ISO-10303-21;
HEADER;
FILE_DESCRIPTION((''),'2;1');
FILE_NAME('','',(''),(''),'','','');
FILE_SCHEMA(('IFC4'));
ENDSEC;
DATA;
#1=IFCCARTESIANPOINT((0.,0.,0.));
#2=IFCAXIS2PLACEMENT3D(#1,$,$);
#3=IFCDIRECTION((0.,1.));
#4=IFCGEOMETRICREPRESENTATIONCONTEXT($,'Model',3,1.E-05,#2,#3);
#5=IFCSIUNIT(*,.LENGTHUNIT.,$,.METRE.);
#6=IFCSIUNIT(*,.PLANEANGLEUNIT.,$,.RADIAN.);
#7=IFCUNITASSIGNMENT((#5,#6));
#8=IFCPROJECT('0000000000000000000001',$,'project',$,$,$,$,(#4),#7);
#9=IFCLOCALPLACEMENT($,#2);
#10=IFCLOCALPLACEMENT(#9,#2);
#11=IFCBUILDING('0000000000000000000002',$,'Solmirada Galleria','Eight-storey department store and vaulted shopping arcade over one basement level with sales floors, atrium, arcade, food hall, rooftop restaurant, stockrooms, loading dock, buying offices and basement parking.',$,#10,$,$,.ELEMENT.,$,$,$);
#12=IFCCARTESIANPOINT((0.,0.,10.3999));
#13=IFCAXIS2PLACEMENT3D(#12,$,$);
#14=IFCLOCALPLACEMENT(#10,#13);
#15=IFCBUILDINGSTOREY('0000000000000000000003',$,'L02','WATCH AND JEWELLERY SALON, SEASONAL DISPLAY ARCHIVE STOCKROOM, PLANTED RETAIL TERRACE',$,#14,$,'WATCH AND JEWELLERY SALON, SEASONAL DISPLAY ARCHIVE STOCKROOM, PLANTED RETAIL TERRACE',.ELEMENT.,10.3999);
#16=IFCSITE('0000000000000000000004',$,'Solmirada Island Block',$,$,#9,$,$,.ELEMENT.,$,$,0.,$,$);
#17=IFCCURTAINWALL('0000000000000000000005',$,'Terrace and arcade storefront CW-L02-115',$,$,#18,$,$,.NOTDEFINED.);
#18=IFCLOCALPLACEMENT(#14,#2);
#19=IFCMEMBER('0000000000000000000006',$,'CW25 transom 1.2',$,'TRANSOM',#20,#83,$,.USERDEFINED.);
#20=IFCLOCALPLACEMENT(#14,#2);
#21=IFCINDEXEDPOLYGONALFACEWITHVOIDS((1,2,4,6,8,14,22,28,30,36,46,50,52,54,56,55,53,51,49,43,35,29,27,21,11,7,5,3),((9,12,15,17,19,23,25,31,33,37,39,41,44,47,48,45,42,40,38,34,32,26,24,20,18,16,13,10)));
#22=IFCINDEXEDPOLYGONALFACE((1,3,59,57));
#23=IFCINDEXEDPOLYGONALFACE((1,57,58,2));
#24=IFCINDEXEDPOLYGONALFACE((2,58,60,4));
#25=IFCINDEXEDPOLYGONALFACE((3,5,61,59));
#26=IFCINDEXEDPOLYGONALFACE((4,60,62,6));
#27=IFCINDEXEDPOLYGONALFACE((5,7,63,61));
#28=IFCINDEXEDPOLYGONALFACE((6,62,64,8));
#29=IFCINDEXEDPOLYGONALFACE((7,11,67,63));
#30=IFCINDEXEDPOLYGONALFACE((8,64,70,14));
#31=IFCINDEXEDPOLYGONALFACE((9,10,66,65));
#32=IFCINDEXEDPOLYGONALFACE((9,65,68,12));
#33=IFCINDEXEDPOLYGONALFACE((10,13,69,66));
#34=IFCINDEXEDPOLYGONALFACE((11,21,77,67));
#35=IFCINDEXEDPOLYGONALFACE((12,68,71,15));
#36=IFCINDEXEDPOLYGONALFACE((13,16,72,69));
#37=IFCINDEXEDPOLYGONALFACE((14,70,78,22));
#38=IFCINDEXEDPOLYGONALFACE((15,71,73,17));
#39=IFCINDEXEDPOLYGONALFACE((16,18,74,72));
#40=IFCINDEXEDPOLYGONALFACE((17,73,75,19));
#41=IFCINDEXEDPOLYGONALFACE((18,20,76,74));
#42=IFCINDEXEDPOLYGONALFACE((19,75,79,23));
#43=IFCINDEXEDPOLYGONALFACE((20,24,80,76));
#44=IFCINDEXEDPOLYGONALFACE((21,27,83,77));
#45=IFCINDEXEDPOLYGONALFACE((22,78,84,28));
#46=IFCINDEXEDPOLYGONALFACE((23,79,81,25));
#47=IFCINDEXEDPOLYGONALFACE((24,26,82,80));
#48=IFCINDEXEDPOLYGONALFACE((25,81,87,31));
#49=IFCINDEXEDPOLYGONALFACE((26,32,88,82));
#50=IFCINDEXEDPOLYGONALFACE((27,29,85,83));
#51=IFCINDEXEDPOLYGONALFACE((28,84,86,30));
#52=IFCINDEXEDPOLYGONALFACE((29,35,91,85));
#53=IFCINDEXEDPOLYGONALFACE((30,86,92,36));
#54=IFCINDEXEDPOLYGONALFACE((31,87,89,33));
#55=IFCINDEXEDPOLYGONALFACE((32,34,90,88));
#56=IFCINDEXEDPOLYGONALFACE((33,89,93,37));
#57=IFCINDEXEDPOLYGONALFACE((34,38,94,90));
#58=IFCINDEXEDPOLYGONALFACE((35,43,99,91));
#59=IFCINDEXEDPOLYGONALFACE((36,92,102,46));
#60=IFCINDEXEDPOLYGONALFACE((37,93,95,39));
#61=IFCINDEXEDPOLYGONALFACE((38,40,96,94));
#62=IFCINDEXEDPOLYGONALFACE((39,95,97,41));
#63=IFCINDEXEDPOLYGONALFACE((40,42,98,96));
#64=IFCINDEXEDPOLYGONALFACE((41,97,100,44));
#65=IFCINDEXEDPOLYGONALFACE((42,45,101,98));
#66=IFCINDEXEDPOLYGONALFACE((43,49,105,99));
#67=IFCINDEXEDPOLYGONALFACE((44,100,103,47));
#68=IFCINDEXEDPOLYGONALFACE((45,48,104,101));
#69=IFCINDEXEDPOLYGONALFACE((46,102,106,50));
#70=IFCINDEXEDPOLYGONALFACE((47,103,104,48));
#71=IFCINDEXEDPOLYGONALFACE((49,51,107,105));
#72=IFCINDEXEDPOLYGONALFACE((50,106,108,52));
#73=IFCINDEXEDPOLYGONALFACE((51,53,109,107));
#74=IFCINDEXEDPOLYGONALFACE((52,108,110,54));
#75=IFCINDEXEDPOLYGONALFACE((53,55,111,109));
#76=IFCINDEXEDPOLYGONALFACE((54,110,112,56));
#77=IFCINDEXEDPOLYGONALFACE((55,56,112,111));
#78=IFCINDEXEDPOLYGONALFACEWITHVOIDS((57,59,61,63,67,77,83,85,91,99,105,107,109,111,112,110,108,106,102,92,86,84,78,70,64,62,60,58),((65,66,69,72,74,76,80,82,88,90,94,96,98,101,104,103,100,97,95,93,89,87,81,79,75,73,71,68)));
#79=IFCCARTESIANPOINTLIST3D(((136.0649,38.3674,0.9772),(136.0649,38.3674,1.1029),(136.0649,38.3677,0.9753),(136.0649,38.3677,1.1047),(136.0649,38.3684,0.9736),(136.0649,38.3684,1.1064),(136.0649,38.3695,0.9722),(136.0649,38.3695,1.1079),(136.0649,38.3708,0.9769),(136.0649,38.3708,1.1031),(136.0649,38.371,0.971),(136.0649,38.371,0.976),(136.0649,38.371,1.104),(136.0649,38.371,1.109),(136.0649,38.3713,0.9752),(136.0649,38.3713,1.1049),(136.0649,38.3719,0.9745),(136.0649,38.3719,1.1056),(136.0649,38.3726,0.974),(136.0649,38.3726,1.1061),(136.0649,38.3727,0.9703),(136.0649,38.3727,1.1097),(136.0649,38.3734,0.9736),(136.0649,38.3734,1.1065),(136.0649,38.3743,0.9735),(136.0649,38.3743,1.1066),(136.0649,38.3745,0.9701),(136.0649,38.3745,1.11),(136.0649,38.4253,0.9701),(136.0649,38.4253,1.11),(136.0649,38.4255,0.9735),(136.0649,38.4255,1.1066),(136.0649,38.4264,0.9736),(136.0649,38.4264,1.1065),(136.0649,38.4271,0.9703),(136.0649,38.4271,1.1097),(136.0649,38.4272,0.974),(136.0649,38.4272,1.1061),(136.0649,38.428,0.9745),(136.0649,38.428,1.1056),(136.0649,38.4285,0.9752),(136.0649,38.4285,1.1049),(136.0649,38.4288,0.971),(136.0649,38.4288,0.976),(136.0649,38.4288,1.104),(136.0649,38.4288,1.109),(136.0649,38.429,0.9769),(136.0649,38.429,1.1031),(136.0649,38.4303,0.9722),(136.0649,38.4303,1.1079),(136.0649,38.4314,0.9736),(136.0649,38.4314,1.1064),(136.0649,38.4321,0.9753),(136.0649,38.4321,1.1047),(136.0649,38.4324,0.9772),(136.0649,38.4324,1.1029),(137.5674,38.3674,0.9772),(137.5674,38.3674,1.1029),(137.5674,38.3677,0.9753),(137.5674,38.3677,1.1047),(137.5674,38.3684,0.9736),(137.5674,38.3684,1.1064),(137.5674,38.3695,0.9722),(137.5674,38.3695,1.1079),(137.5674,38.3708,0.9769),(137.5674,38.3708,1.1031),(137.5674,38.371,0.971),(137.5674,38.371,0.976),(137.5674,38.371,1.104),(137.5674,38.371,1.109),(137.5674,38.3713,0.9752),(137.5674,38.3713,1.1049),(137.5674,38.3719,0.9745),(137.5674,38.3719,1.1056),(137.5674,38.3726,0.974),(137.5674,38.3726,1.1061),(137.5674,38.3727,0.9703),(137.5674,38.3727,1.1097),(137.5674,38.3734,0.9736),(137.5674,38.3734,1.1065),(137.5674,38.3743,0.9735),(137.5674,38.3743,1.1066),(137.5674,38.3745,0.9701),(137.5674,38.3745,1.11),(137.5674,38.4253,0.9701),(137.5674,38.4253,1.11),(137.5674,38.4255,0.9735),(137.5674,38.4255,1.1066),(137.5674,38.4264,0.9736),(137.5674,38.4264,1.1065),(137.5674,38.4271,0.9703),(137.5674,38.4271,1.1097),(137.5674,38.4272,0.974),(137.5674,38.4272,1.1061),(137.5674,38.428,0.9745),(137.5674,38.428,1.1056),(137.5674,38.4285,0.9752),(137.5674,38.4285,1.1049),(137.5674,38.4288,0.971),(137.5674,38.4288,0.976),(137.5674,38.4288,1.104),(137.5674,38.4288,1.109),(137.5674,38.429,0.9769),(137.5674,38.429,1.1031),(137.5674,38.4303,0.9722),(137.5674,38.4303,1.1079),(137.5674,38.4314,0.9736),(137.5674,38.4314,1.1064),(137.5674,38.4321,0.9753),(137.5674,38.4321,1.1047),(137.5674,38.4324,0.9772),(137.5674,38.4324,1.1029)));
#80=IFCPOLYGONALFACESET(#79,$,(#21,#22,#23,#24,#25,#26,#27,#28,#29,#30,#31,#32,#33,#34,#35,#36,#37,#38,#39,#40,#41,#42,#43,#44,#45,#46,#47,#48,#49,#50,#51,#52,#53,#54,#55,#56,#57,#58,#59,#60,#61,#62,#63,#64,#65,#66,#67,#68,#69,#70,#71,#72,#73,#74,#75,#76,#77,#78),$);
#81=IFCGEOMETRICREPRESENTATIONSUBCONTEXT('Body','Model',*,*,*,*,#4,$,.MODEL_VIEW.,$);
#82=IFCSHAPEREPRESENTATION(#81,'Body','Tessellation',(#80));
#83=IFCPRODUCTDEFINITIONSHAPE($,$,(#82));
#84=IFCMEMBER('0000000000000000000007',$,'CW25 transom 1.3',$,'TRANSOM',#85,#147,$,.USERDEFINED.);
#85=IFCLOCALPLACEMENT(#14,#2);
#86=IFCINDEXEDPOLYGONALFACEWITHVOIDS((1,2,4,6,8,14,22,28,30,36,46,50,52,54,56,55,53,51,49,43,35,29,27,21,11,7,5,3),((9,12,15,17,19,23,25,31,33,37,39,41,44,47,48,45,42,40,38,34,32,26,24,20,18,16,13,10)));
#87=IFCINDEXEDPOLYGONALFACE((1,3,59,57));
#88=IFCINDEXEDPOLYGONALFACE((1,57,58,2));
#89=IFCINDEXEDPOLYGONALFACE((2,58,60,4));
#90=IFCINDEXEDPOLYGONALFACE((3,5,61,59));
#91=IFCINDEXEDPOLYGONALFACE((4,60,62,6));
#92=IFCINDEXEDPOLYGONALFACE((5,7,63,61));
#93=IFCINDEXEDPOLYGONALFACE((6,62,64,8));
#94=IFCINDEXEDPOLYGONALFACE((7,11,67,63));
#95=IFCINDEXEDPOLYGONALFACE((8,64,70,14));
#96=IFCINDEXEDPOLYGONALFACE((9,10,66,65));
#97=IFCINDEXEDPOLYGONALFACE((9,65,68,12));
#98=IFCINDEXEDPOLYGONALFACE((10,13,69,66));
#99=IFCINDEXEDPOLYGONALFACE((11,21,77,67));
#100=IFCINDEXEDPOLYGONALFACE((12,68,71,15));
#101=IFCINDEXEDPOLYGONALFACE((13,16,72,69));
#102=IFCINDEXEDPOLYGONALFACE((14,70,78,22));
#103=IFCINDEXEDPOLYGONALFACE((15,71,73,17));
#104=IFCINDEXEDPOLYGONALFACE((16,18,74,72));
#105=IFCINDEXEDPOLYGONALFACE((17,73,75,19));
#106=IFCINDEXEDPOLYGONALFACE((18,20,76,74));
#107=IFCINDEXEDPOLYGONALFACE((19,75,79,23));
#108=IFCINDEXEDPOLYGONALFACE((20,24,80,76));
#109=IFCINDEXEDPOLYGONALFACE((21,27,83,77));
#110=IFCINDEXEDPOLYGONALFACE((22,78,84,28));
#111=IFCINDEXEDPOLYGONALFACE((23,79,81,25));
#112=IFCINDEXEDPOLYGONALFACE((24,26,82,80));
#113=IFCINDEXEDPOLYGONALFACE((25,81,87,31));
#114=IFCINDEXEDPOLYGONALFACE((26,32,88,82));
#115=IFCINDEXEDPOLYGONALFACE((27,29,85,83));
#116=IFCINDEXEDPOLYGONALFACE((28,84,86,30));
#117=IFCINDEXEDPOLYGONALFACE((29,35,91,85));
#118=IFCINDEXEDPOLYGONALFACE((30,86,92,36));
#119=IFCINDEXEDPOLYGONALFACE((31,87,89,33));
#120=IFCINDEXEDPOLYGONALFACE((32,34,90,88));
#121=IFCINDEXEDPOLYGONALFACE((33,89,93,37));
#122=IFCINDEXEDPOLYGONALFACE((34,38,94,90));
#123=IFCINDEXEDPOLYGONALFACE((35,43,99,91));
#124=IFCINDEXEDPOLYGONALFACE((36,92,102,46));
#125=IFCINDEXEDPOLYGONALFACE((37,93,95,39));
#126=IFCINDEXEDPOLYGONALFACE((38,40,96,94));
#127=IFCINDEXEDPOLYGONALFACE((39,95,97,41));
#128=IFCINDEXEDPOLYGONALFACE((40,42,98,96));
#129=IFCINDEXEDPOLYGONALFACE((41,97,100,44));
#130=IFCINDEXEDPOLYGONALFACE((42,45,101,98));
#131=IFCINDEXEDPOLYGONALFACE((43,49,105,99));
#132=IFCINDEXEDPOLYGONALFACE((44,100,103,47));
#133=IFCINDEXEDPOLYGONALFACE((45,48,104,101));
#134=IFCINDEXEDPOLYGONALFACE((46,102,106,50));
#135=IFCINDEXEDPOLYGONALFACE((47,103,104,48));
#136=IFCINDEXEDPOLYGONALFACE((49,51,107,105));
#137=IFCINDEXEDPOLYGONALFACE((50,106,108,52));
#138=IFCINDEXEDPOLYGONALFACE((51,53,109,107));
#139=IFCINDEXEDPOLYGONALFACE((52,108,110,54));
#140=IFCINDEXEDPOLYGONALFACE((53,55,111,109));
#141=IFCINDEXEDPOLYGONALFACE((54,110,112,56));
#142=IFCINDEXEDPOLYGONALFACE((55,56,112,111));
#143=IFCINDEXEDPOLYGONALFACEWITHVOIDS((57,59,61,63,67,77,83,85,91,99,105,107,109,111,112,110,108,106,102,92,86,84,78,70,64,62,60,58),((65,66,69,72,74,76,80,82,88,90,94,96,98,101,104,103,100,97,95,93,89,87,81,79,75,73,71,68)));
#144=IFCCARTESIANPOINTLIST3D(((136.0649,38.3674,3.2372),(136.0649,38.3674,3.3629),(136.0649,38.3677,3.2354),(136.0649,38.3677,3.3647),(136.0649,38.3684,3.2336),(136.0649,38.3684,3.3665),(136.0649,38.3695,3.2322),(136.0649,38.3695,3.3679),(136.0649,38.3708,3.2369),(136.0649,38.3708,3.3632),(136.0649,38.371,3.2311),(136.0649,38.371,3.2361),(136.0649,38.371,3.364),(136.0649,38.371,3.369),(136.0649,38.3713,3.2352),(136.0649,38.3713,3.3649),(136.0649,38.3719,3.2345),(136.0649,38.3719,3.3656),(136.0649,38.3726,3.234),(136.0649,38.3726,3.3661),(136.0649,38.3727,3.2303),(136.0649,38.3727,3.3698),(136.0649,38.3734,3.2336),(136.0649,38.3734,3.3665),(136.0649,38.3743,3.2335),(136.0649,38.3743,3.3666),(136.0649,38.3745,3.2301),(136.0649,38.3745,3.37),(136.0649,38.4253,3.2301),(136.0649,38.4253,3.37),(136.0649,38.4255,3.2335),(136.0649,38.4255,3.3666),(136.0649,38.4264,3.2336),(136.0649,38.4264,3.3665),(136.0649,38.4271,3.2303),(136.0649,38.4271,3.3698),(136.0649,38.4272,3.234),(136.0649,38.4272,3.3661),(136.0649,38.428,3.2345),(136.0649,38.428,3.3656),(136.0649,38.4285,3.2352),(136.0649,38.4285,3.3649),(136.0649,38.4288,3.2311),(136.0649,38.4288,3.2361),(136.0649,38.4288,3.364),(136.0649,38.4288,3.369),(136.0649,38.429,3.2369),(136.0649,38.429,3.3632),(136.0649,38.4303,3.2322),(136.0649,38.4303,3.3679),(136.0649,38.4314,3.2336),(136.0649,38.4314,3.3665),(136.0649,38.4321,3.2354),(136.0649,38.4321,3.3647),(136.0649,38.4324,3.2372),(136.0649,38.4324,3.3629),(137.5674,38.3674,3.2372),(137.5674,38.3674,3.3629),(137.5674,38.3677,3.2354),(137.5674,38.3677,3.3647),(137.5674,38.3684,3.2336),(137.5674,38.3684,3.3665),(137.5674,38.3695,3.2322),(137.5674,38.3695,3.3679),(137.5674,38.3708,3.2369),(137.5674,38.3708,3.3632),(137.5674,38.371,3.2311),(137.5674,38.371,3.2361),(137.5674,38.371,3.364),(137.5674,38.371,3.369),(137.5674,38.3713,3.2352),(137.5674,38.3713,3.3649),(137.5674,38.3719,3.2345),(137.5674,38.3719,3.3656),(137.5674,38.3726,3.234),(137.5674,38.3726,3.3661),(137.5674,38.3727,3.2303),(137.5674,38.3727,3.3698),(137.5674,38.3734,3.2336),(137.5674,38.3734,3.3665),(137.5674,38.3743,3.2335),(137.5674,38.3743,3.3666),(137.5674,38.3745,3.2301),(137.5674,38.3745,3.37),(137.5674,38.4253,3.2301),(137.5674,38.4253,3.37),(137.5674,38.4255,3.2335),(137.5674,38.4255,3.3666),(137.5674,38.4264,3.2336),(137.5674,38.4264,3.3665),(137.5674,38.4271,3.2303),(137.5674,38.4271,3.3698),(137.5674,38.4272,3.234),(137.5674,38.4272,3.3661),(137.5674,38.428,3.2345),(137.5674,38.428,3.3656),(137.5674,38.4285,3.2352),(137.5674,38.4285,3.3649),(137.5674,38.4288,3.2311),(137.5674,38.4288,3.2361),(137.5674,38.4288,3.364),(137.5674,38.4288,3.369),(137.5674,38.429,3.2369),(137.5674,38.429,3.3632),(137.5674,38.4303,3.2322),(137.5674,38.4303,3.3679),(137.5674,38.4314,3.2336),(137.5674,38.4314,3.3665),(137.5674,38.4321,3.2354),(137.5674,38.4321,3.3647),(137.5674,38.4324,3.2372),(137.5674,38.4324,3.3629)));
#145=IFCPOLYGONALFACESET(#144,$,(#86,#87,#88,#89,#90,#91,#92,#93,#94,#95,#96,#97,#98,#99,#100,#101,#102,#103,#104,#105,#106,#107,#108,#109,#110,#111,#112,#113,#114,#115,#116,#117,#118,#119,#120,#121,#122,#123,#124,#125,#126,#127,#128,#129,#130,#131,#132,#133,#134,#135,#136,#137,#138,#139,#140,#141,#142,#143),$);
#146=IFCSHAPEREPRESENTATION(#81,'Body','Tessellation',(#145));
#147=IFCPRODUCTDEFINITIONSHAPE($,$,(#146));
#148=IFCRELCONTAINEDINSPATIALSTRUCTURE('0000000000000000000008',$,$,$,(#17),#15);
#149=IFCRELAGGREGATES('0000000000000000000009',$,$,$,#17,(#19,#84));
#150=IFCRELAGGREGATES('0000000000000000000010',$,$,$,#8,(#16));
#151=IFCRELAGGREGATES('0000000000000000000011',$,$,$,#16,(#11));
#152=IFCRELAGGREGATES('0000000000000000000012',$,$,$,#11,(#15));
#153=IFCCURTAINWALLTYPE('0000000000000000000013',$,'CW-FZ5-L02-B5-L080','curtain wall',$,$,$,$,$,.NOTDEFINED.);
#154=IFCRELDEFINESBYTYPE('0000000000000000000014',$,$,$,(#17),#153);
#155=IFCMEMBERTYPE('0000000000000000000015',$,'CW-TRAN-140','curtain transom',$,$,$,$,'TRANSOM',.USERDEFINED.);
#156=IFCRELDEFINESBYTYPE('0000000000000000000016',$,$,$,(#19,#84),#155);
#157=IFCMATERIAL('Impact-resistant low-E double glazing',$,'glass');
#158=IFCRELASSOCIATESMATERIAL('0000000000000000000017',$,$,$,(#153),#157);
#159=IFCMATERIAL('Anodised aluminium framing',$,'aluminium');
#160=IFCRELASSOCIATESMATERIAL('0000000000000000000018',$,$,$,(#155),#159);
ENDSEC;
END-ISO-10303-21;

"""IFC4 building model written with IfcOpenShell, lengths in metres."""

from ifc_helpers import new_model, si_unit, direction, frame, origin, origin_2d, place, context, subcontext, project, spatial, hollow_rectangle, extrude, material, material_profile, profile_set, type_object, element, aggregate, save


model = new_model("IFC4")

# Units and contexts
model_context = context("Model", 3, precision=1e-05, world=origin(), true_north=direction((0.0, 1.0)))
body_context = subcontext(model_context, "Body", "Model", "MODEL_VIEW")
ifc_project = project(units=[si_unit("LENGTHUNIT", "METRE"), si_unit("PLANEANGLEUNIT", "RADIAN")], contexts=[model_context])

# Site, building, storey
site_placement = place(None, origin())
site = spatial("IfcSite", under=ifc_project, at=site_placement, Name="Solmirada Island Block", CompositionType="ELEMENT", RefElevation=0.0)
building_placement = place(site_placement, origin())
building = spatial("IfcBuilding", under=site, at=building_placement, Name="Solmirada Galleria", Description="Eight-storey department store and vaulted shopping arcade over one basement level with sales floors, atrium, arcade, food hall, rooftop restaurant, stockrooms, loading dock, buying offices and basement parking.", CompositionType="ELEMENT")
storey_placement = place(building_placement, frame((0.0, 0.0, 10.3999)))
storey = spatial("IfcBuildingStorey", under=building, at=storey_placement, Name="L02", Description="WATCH AND JEWELLERY SALON, SEASONAL DISPLAY ARCHIVE STOCKROOM, PLANTED RETAIL TERRACE", LongName="WATCH AND JEWELLERY SALON, SEASONAL DISPLAY ARCHIVE STOCKROOM, PLANTED RETAIL TERRACE", CompositionType="ELEMENT", Elevation=10.3999)

# Curtain wall, members
ifc_material_1 = material(Name="Impact-resistant low-E double glazing", Category="glass")
curtain_wall_type = type_object("IfcCurtainWallType", Name="CW-FZ5-L02-B5-L080", Description="curtain wall", PredefinedType="NOTDEFINED", material=ifc_material_1)
curtain_wall_placement = place(storey_placement, origin())
curtain_wall = element("IfcCurtainWall", 1, at=curtain_wall_placement, inside=storey, type_object=curtain_wall_type, Name="Terrace and arcade storefront CW-L02-115", PredefinedType="NOTDEFINED")
ifc_material_2 = material(Name="Anodised aluminium framing", Category="aluminium")
ifc_material_profile_1 = material_profile(ifc_material_2, hollow_rectangle(XDim=0.0649, YDim=0.1399, WallThickness=0.0034, InnerFilletRadius=0.0034, OuterFilletRadius=0.0071, at=origin_2d()), Name="ALU-TRAN-140X65")
ifc_profile_set_1 = profile_set([ifc_material_profile_1], Name="Anodised aluminium framing")
member_type_1 = type_object("IfcMemberType", Name="CW-TRAN-140", Description="curtain transom", ElementType="TRANSOM", PredefinedType="USERDEFINED", material=ifc_profile_set_1)
member_1_placement = place(storey_placement, frame((136.0649, 38.3999, 1.04), z_axis=(1.0, 0.0, 0.0), x_axis=(0.0, 1.0, 0.0)))
member_1 = element("IfcMember", 2, at=member_1_placement, type_object=member_type_1, Name="CW25 transom 1.2", ObjectType="TRANSOM", PredefinedType="USERDEFINED", context=body_context, shape_type="SweptSolid", body=[
    extrude(hollow_rectangle(XDim=0.0649, YDim=0.1399, WallThickness=0.0034, InnerFilletRadius=0.0034, OuterFilletRadius=0.0071, at=origin_2d()), origin(), (0.0, 0.0, 1.0), 1.5024),
])
member_2_placement = place(storey_placement, frame((136.0649, 38.3999, 3.3), z_axis=(1.0, 0.0, 0.0), x_axis=(0.0, 1.0, 0.0)))
member_2 = element("IfcMember", 3, at=member_2_placement, type_object=member_type_1, Name="CW25 transom 1.3", ObjectType="TRANSOM", PredefinedType="USERDEFINED", context=body_context, shape_type="SweptSolid", body=[
    extrude(hollow_rectangle(XDim=0.0649, YDim=0.1399, WallThickness=0.0034, InnerFilletRadius=0.0034, OuterFilletRadius=0.0071, at=origin_2d()), origin(), (0.0, 0.0, 1.0), 1.5024),
])
aggregate(curtain_wall, [member_1, member_2])

save(model, "model.ifc")
